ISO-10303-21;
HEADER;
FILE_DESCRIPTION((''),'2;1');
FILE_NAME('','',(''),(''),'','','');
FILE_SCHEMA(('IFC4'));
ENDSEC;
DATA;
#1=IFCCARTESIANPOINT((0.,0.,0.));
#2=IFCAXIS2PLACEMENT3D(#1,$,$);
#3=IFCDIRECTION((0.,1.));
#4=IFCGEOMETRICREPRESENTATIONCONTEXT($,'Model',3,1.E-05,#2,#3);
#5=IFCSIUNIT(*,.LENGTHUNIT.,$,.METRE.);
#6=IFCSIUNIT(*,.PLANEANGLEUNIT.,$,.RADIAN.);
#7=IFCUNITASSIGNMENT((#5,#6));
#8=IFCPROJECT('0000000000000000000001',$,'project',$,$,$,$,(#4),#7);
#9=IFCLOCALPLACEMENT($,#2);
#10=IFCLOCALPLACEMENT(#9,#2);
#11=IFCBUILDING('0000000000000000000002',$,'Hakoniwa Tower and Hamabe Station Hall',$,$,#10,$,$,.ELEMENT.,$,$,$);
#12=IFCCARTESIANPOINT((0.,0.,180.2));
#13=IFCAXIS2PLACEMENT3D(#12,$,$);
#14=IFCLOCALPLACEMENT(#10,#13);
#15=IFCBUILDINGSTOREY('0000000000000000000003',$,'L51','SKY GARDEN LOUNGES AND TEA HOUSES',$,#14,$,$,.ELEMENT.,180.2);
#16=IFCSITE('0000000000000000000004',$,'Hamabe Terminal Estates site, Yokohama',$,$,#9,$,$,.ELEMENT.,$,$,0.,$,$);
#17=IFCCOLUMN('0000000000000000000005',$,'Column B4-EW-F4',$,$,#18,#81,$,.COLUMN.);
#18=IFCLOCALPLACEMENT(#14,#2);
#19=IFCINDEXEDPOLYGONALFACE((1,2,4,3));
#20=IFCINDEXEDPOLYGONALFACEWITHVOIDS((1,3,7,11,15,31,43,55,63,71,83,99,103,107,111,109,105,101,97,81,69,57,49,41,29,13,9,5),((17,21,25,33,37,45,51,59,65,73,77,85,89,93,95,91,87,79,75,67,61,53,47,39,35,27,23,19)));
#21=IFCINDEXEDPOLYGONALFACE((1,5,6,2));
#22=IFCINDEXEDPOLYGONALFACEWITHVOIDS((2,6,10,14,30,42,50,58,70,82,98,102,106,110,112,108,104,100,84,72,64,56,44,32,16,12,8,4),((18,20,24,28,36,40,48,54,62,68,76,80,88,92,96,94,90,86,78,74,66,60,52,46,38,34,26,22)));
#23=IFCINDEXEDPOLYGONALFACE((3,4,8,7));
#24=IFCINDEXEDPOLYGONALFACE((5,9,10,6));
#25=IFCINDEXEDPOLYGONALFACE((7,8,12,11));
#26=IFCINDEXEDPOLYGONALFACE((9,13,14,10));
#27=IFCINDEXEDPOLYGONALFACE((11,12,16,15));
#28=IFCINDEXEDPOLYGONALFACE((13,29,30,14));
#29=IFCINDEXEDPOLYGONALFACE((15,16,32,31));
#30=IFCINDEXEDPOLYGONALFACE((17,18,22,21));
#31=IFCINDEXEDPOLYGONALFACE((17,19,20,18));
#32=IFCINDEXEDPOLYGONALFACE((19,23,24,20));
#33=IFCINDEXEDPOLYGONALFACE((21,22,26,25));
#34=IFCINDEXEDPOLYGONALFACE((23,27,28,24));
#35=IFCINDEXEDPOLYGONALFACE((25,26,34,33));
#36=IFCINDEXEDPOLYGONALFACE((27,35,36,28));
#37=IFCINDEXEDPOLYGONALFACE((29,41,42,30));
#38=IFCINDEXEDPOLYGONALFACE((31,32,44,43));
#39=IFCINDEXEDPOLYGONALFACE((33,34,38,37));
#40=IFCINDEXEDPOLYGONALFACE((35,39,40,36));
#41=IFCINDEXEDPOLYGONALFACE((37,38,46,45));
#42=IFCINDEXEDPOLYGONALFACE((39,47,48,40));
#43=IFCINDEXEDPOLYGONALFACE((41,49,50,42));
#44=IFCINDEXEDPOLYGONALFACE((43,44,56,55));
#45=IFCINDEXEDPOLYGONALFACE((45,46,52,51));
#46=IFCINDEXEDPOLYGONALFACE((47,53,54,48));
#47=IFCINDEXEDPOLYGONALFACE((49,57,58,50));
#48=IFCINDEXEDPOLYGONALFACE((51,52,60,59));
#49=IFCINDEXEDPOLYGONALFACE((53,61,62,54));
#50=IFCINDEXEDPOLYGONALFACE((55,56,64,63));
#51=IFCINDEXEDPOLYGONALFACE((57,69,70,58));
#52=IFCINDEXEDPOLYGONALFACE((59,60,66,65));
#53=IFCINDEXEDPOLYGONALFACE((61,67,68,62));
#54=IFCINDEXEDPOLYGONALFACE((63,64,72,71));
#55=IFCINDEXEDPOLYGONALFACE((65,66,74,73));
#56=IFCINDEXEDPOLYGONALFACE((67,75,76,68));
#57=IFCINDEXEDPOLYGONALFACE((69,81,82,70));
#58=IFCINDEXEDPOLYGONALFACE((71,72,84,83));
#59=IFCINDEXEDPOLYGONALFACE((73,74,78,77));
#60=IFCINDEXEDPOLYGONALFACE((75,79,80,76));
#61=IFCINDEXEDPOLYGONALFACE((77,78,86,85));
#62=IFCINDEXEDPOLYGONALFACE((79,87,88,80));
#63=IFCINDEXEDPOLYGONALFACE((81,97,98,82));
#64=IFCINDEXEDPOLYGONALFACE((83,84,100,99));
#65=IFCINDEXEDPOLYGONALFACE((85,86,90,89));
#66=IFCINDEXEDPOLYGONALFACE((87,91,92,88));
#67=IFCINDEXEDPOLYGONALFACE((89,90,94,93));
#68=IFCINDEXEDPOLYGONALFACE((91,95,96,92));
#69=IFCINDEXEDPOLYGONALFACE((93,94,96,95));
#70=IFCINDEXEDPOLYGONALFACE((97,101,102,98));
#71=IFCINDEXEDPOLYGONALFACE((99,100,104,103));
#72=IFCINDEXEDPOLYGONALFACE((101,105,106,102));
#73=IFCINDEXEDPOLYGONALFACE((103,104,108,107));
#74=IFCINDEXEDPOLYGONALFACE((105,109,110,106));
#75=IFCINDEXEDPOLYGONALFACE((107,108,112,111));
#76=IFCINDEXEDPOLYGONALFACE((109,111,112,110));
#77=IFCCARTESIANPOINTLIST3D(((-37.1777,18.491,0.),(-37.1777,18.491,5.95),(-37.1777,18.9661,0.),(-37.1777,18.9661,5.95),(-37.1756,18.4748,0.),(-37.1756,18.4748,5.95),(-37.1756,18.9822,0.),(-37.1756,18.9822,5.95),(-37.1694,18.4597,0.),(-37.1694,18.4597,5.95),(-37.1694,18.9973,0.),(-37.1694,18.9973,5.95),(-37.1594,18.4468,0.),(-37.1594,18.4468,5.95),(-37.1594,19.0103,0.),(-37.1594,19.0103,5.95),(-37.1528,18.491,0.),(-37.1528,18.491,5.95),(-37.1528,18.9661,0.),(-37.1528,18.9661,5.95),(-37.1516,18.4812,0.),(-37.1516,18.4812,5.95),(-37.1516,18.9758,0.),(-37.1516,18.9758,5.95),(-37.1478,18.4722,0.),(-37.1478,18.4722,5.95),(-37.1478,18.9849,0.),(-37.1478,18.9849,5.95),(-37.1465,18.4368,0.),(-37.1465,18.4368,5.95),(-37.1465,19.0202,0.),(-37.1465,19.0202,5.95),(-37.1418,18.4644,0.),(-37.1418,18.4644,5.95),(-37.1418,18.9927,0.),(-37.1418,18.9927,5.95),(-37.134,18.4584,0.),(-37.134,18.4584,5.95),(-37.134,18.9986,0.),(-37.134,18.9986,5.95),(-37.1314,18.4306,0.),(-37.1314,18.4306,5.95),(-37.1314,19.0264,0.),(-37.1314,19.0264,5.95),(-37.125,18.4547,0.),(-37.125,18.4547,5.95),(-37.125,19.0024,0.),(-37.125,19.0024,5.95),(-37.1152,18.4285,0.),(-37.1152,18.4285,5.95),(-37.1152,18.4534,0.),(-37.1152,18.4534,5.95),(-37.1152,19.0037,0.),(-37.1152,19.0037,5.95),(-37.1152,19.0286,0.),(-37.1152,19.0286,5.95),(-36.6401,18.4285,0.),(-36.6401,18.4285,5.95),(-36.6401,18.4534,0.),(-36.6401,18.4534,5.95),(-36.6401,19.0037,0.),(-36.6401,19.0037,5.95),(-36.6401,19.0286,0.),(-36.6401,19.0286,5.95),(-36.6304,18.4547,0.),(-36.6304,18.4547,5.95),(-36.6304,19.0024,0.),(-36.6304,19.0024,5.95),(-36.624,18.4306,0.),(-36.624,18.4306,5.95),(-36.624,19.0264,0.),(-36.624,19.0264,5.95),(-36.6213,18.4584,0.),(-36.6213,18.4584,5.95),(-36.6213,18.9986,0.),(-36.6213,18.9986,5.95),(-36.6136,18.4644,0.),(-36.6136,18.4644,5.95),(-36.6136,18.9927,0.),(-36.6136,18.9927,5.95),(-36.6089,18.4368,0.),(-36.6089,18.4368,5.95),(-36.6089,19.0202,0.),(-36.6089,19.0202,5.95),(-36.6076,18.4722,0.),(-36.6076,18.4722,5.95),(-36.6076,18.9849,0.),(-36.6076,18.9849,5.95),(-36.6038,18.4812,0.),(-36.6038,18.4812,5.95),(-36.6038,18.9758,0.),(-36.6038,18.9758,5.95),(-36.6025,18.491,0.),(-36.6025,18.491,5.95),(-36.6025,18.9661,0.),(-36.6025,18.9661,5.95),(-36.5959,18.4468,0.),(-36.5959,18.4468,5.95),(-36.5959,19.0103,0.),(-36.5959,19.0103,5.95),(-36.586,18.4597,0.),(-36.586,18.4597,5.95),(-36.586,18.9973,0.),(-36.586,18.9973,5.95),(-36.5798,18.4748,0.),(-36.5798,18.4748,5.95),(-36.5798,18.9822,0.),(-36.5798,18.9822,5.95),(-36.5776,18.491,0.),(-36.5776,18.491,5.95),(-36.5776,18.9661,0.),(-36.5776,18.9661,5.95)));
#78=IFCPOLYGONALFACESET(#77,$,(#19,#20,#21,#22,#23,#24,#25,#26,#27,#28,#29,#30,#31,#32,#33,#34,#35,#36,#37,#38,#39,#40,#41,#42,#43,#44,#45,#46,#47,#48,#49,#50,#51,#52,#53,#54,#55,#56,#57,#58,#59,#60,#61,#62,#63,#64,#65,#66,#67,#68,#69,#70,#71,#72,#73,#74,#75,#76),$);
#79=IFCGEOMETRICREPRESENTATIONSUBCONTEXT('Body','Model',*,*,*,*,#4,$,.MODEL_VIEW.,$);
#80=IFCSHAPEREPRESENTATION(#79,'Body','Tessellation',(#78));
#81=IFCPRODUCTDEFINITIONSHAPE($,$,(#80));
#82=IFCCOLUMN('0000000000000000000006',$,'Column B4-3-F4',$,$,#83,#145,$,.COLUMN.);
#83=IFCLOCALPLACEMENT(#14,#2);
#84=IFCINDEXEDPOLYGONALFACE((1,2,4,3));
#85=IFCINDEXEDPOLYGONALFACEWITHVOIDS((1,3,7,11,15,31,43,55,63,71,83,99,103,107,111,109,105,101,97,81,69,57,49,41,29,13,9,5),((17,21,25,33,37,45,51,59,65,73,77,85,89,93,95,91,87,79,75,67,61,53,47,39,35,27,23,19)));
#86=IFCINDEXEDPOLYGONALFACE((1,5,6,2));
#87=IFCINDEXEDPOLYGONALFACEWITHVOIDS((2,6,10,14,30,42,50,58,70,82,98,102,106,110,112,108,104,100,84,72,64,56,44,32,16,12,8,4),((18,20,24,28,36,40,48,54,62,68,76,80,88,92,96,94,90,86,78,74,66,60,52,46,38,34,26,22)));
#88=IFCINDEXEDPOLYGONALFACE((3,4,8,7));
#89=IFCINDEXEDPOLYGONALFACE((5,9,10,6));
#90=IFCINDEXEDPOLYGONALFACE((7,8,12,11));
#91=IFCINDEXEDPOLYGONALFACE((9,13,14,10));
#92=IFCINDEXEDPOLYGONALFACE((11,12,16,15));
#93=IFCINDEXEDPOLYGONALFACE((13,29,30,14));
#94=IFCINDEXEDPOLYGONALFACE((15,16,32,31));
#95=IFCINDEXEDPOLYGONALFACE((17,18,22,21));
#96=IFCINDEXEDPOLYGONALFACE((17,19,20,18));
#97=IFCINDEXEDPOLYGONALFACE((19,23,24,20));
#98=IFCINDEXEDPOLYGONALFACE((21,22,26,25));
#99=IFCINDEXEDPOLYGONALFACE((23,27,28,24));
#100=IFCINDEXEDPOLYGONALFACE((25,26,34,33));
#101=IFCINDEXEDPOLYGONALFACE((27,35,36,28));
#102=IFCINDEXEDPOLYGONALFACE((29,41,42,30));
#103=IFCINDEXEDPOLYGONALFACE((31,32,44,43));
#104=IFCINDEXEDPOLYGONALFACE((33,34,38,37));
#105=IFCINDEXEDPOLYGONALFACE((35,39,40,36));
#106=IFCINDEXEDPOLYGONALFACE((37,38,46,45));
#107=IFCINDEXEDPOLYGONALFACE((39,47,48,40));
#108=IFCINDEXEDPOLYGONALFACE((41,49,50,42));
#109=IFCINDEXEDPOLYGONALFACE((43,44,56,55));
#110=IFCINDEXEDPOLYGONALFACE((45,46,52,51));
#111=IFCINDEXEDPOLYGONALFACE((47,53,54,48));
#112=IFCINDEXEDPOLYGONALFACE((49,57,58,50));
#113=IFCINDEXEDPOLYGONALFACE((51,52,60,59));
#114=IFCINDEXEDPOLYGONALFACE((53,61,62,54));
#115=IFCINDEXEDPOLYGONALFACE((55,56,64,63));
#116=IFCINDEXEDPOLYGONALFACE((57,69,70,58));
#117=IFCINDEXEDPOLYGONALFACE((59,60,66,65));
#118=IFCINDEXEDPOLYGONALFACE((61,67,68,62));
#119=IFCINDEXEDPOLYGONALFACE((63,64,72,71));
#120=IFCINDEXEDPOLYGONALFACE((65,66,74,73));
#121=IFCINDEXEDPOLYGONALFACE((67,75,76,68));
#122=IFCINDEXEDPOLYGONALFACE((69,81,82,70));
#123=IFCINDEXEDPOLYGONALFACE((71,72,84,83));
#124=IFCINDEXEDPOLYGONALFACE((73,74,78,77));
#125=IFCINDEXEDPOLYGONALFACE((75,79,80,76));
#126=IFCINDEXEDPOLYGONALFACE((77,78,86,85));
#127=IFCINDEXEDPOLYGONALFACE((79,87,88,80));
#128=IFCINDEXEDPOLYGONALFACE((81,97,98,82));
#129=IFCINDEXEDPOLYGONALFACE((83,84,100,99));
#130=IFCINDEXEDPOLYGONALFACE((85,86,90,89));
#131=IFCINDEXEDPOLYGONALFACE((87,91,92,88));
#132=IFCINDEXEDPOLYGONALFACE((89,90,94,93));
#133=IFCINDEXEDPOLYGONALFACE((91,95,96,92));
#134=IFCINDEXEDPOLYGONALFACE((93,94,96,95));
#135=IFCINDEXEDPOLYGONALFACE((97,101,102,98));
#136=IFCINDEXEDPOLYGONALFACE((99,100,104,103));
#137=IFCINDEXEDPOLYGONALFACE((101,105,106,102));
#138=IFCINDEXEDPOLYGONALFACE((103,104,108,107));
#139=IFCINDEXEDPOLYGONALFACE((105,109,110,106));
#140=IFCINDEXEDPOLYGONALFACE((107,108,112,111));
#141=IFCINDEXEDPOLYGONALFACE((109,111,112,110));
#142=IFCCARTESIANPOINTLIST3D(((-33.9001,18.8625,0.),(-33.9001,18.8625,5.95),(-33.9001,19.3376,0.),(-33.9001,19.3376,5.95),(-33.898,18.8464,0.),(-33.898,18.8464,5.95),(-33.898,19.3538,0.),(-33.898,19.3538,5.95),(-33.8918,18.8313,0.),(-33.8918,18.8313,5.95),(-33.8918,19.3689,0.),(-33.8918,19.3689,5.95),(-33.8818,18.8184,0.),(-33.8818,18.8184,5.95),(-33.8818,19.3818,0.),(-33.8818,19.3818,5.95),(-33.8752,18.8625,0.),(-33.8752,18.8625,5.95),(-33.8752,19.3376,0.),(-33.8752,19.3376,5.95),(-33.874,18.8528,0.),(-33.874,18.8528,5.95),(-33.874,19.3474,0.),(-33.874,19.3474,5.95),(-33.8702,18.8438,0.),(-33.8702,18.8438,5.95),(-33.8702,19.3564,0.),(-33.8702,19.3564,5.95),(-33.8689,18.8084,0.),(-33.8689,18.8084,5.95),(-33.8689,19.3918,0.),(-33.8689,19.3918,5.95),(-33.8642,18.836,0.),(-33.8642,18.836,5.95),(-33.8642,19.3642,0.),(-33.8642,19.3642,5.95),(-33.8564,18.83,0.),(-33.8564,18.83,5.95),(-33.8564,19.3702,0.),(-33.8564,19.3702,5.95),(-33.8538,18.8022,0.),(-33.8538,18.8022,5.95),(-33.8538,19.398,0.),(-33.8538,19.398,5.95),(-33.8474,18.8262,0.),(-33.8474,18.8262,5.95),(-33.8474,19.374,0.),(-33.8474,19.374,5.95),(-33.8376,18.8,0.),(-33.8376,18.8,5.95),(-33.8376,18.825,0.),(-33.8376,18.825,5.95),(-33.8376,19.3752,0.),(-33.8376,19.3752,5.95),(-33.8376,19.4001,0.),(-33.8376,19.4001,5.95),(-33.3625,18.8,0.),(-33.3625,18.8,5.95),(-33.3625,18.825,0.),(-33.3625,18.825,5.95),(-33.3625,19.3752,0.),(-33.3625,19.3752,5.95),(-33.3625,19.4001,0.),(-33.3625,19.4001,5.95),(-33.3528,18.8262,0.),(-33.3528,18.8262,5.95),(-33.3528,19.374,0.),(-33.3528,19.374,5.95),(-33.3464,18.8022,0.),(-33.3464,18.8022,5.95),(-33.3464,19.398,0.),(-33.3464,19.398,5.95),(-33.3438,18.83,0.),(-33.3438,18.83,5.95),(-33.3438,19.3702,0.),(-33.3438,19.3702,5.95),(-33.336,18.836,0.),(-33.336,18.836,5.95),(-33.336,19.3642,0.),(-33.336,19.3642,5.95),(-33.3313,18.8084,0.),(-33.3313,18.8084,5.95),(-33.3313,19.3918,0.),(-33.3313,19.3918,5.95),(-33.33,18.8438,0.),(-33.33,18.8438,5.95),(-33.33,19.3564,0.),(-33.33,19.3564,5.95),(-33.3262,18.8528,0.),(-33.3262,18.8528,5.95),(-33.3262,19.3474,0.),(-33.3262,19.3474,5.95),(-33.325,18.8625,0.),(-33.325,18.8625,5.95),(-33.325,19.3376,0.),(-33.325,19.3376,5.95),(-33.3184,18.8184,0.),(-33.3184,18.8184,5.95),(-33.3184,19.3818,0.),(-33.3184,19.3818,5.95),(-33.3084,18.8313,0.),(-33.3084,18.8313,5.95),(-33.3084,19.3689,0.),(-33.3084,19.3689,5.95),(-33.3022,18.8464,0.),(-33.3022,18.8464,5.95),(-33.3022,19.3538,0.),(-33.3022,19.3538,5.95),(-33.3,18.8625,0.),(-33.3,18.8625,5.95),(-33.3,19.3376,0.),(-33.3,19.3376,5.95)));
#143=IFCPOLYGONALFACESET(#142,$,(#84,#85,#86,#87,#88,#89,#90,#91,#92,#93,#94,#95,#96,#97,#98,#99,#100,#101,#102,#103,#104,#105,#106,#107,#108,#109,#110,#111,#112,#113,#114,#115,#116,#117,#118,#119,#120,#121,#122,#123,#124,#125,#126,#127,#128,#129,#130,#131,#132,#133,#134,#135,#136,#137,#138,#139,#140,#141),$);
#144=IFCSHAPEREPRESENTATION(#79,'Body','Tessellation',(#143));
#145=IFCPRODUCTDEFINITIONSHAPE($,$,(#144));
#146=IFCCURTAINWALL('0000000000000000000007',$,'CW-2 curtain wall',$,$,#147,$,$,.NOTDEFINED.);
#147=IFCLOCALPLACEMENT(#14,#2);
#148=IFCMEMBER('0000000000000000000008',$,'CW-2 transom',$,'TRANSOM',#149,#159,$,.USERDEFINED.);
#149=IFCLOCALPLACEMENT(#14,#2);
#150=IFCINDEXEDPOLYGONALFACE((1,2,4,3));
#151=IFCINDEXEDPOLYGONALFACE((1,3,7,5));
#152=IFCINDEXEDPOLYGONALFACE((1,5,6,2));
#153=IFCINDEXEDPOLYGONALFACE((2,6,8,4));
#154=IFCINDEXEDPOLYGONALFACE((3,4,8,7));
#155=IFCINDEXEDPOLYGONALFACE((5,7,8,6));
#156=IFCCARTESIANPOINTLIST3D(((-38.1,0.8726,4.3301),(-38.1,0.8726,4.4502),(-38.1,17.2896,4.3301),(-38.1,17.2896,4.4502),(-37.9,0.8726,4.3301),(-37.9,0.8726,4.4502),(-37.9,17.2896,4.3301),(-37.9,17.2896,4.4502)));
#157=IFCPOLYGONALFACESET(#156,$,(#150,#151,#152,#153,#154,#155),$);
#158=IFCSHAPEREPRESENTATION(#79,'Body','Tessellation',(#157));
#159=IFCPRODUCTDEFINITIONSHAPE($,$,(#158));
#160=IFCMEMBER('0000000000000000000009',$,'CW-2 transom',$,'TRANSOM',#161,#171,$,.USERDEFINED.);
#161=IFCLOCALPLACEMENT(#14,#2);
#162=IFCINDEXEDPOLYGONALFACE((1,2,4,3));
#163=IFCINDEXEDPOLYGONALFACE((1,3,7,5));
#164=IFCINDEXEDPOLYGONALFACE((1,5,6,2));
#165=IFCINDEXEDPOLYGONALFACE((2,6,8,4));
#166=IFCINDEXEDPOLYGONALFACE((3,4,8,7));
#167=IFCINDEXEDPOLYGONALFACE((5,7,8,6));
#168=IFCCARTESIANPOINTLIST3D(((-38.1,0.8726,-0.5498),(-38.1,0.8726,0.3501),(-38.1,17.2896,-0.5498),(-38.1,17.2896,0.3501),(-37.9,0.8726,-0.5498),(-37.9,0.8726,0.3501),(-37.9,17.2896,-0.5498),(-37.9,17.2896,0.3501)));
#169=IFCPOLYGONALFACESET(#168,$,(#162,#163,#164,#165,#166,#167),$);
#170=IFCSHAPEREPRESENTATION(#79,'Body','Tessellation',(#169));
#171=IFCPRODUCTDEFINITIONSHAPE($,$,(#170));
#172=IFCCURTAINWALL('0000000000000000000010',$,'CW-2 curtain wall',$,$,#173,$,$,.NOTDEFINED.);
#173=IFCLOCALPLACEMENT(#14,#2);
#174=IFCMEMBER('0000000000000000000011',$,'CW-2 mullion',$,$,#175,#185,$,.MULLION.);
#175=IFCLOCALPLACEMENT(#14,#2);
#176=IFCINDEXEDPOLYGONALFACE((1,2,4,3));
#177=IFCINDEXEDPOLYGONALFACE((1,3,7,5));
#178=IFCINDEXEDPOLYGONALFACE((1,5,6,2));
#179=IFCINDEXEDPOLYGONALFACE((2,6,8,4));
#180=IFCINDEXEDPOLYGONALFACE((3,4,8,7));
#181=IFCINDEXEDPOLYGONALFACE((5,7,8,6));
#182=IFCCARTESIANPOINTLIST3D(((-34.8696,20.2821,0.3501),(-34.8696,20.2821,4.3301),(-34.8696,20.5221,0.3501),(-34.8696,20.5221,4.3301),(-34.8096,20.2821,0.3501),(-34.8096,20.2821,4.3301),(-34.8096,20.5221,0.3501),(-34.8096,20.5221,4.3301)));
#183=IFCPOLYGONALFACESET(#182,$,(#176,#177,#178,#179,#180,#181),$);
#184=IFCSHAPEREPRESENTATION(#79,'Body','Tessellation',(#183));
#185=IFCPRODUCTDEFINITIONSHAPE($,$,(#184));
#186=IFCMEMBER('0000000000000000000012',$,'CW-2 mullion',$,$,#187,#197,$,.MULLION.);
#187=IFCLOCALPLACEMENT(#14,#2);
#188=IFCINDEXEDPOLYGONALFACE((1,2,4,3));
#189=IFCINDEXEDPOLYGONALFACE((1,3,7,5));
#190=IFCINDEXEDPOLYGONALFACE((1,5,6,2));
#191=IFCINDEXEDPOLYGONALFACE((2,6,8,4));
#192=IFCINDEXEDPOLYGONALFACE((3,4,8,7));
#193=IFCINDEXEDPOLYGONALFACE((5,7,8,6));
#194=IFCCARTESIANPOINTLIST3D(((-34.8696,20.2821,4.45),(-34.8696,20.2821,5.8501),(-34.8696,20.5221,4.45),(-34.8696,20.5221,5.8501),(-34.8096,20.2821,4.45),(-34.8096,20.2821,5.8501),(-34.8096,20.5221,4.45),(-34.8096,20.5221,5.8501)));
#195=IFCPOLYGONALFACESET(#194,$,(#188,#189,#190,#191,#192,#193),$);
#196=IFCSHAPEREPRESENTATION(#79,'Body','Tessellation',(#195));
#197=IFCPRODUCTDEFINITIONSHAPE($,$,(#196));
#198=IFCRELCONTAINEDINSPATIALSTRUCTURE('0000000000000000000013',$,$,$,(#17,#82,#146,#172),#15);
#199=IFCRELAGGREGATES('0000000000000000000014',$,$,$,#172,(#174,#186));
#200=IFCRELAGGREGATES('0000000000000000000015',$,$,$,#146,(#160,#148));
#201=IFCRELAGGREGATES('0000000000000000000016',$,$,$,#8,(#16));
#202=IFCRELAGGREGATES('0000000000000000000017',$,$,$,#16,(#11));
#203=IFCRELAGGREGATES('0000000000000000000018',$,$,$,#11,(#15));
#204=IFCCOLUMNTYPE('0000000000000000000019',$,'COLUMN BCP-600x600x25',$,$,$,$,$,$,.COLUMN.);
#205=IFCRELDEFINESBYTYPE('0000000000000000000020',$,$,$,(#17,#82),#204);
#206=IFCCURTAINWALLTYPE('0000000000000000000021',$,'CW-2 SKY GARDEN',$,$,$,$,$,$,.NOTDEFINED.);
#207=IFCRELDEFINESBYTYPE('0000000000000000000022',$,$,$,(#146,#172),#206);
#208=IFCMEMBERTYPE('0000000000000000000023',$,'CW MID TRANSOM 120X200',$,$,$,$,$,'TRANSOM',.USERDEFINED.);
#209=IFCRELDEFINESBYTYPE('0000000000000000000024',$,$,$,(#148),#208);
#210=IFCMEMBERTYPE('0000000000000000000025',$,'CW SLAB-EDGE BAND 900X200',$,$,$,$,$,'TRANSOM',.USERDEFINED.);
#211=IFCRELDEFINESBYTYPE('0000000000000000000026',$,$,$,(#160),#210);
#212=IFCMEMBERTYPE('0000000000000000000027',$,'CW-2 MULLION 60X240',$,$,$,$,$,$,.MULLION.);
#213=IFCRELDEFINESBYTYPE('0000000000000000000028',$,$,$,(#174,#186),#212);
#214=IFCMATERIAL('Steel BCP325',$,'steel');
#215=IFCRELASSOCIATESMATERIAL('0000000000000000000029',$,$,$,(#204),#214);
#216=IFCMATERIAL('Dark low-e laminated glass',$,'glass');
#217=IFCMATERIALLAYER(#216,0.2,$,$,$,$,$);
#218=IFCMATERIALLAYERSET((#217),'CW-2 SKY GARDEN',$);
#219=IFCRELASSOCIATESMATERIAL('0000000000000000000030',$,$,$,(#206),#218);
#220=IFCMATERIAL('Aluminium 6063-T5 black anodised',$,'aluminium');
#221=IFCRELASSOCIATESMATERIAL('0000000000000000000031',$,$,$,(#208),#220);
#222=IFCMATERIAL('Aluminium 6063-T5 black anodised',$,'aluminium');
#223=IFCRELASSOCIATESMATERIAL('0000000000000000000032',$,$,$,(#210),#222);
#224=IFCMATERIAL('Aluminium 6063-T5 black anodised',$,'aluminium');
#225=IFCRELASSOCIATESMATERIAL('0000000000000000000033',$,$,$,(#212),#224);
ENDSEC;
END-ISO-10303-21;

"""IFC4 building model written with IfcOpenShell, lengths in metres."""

from ifc_helpers import new_model, si_unit, direction, frame, origin, origin_2d, place, context, subcontext, project, spatial, rectangle, hollow_rectangle, extrude, material, layer, layer_set, material_profile, profile_set, type_object, element, aggregate, save


model = new_model("IFC4")

# Units and contexts
model_context = context("Model", 3, precision=1e-05, world=origin(), true_north=direction((0.0, 1.0)))
body_context = subcontext(model_context, "Body", "Model", "MODEL_VIEW")
ifc_project = project(units=[si_unit("LENGTHUNIT", "METRE"), si_unit("PLANEANGLEUNIT", "RADIAN")], contexts=[model_context])

# Site, building, storey
site_placement = place(None, origin())
site = spatial("IfcSite", under=ifc_project, at=site_placement, Name="Hamabe Terminal Estates site, Yokohama", CompositionType="ELEMENT", RefElevation=0.0)
building_placement = place(site_placement, origin())
building = spatial("IfcBuilding", under=site, at=building_placement, Name="Hakoniwa Tower and Hamabe Station Hall", CompositionType="ELEMENT")
storey_placement = place(building_placement, frame((0.0, 0.0, 180.2)))
storey = spatial("IfcBuildingStorey", under=building, at=storey_placement, Name="L51", Description="SKY GARDEN LOUNGES AND TEA HOUSES", CompositionType="ELEMENT", Elevation=180.2)

# Columns
ifc_material_1 = material(Name="Steel BCP325", Category="steel")
ifc_material_profile_1 = material_profile(ifc_material_1, hollow_rectangle(XDim=0.6001, YDim=0.6001, WallThickness=0.0249, InnerFilletRadius=0.0376, OuterFilletRadius=0.0625, at=origin_2d()), Name="BCP-600x600x25")
ifc_profile_set_1 = profile_set([ifc_material_profile_1], Name="Steel BCP325")
column_type = type_object("IfcColumnType", Name="COLUMN BCP-600x600x25", PredefinedType="COLUMN", material=ifc_profile_set_1)
for number, where, z_axis, x_axis, name in (
    (1, (-36.8777, 18.7285, 0.0), (0.0, 0.0, 1.0), (1.0, 0.0, 0.0), "Column B4-EW-F4"),
    (2, (-33.6001, 19.1001, 0.0), (0.0, 0.0, 1.0), (1.0, 0.0, 0.0), "Column B4-3-F4"),
):
    element("IfcColumn", number, at=place(storey_placement, frame(where, z_axis=z_axis, x_axis=x_axis)), inside=storey, type_object=column_type, Name=name, PredefinedType="COLUMN", context=body_context, shape_type="SweptSolid", body=[
        extrude(hollow_rectangle(XDim=0.6001, YDim=0.6001, WallThickness=0.0249, InnerFilletRadius=0.0376, OuterFilletRadius=0.0625, at=origin_2d()), origin(), (0.0, 0.0, 1.0), 5.95),
    ])

# Curtain walls, members
ifc_material_2 = material(Name="Dark low-e laminated glass", Category="glass")
ifc_layer_1 = layer(ifc_material_2, 0.2)
ifc_layer_set_1 = layer_set([ifc_layer_1], Name="CW-2 SKY GARDEN")
curtain_wall_type = type_object("IfcCurtainWallType", Name="CW-2 SKY GARDEN", PredefinedType="NOTDEFINED", material=ifc_layer_set_1)
curtain_wall_1_placement = place(storey_placement, origin())
curtain_wall_1 = element("IfcCurtainWall", 3, at=curtain_wall_1_placement, inside=storey, type_object=curtain_wall_type, Name="CW-2 curtain wall", PredefinedType="NOTDEFINED")
ifc_material_3 = material(Name="Aluminium 6063-T5 black anodised", Category="aluminium")
ifc_material_profile_2 = material_profile(ifc_material_3, rectangle(XDim=0.2, YDim=0.1201, at=origin_2d()), Name="CW MID TRANSOM 120X200")
ifc_profile_set_2 = profile_set([ifc_material_profile_2], Name="Aluminium 6063-T5 black anodised")
member_type_1 = type_object("IfcMemberType", Name="CW MID TRANSOM 120X200", ElementType="TRANSOM", PredefinedType="USERDEFINED", material=ifc_profile_set_2)
member_1_placement = place(storey_placement, frame((-38.0, 17.2896, 4.3901), z_axis=(0.0, -1.0, 0.0), x_axis=(1.0, 0.0, 0.0)))
member_1 = element("IfcMember", 4, at=member_1_placement, type_object=member_type_1, Name="CW-2 transom", ObjectType="TRANSOM", PredefinedType="USERDEFINED", context=body_context, shape_type="SweptSolid", body=[
    extrude(rectangle(XDim=0.2, YDim=0.1201, at=origin_2d()), origin(), (0.0, 0.0, 1.0), 16.417),
])
ifc_material_4 = material(Name="Aluminium 6063-T5 black anodised", Category="aluminium")
ifc_material_profile_3 = material_profile(ifc_material_4, rectangle(XDim=0.2, YDim=0.8999, at=origin_2d()), Name="CW SLAB-EDGE BAND 900X200")
ifc_profile_set_3 = profile_set([ifc_material_profile_3], Name="Aluminium 6063-T5 black anodised")
member_type_2 = type_object("IfcMemberType", Name="CW SLAB-EDGE BAND 900X200", ElementType="TRANSOM", PredefinedType="USERDEFINED", material=ifc_profile_set_3)
member_2_placement = place(storey_placement, frame((-38.0, 17.2896, -0.0999), z_axis=(0.0, -1.0, 0.0), x_axis=(1.0, 0.0, 0.0)))
member_2 = element("IfcMember", 5, at=member_2_placement, type_object=member_type_2, Name="CW-2 transom", ObjectType="TRANSOM", PredefinedType="USERDEFINED", context=body_context, shape_type="SweptSolid", body=[
    extrude(rectangle(XDim=0.2, YDim=0.8999, at=origin_2d()), origin(), (0.0, 0.0, 1.0), 16.417),
])
curtain_wall_2_placement = place(storey_placement, origin())
curtain_wall_2 = element("IfcCurtainWall", 6, at=curtain_wall_2_placement, inside=storey, type_object=curtain_wall_type, Name="CW-2 curtain wall", PredefinedType="NOTDEFINED")
ifc_material_5 = material(Name="Aluminium 6063-T5 black anodised", Category="aluminium")
ifc_material_profile_4 = material_profile(ifc_material_5, rectangle(XDim=0.0601, YDim=0.24, at=origin_2d()), Name="CW-2 MULLION 60X240")
ifc_profile_set_4 = profile_set([ifc_material_profile_4], Name="Aluminium 6063-T5 black anodised")
member_type_3 = type_object("IfcMemberType", Name="CW-2 MULLION 60X240", PredefinedType="MULLION", material=ifc_profile_set_4)
member_3_placement = place(storey_placement, frame((-34.8396, 20.4021, 0.3501), z_axis=(0.0, 0.0, 1.0), x_axis=(-1.0, 0.0, 0.0)))
member_3 = element("IfcMember", 7, at=member_3_placement, type_object=member_type_3, Name="CW-2 mullion", PredefinedType="MULLION", context=body_context, shape_type="SweptSolid", body=[
    extrude(rectangle(XDim=0.0601, YDim=0.24, at=origin_2d()), origin(), (0.0, 0.0, 1.0), 3.98),
])
member_4_placement = place(storey_placement, frame((-34.8396, 20.4021, 4.45), z_axis=(0.0, 0.0, 1.0), x_axis=(-1.0, 0.0, 0.0)))
member_4 = element("IfcMember", 8, at=member_4_placement, type_object=member_type_3, Name="CW-2 mullion", PredefinedType="MULLION", context=body_context, shape_type="SweptSolid", body=[
    extrude(rectangle(XDim=0.0601, YDim=0.24, at=origin_2d()), origin(), (0.0, 0.0, 1.0), 1.4001),
])

aggregate(curtain_wall_2, [member_3, member_4])

aggregate(curtain_wall_1, [member_2, member_1])

save(model, "model.ifc")
